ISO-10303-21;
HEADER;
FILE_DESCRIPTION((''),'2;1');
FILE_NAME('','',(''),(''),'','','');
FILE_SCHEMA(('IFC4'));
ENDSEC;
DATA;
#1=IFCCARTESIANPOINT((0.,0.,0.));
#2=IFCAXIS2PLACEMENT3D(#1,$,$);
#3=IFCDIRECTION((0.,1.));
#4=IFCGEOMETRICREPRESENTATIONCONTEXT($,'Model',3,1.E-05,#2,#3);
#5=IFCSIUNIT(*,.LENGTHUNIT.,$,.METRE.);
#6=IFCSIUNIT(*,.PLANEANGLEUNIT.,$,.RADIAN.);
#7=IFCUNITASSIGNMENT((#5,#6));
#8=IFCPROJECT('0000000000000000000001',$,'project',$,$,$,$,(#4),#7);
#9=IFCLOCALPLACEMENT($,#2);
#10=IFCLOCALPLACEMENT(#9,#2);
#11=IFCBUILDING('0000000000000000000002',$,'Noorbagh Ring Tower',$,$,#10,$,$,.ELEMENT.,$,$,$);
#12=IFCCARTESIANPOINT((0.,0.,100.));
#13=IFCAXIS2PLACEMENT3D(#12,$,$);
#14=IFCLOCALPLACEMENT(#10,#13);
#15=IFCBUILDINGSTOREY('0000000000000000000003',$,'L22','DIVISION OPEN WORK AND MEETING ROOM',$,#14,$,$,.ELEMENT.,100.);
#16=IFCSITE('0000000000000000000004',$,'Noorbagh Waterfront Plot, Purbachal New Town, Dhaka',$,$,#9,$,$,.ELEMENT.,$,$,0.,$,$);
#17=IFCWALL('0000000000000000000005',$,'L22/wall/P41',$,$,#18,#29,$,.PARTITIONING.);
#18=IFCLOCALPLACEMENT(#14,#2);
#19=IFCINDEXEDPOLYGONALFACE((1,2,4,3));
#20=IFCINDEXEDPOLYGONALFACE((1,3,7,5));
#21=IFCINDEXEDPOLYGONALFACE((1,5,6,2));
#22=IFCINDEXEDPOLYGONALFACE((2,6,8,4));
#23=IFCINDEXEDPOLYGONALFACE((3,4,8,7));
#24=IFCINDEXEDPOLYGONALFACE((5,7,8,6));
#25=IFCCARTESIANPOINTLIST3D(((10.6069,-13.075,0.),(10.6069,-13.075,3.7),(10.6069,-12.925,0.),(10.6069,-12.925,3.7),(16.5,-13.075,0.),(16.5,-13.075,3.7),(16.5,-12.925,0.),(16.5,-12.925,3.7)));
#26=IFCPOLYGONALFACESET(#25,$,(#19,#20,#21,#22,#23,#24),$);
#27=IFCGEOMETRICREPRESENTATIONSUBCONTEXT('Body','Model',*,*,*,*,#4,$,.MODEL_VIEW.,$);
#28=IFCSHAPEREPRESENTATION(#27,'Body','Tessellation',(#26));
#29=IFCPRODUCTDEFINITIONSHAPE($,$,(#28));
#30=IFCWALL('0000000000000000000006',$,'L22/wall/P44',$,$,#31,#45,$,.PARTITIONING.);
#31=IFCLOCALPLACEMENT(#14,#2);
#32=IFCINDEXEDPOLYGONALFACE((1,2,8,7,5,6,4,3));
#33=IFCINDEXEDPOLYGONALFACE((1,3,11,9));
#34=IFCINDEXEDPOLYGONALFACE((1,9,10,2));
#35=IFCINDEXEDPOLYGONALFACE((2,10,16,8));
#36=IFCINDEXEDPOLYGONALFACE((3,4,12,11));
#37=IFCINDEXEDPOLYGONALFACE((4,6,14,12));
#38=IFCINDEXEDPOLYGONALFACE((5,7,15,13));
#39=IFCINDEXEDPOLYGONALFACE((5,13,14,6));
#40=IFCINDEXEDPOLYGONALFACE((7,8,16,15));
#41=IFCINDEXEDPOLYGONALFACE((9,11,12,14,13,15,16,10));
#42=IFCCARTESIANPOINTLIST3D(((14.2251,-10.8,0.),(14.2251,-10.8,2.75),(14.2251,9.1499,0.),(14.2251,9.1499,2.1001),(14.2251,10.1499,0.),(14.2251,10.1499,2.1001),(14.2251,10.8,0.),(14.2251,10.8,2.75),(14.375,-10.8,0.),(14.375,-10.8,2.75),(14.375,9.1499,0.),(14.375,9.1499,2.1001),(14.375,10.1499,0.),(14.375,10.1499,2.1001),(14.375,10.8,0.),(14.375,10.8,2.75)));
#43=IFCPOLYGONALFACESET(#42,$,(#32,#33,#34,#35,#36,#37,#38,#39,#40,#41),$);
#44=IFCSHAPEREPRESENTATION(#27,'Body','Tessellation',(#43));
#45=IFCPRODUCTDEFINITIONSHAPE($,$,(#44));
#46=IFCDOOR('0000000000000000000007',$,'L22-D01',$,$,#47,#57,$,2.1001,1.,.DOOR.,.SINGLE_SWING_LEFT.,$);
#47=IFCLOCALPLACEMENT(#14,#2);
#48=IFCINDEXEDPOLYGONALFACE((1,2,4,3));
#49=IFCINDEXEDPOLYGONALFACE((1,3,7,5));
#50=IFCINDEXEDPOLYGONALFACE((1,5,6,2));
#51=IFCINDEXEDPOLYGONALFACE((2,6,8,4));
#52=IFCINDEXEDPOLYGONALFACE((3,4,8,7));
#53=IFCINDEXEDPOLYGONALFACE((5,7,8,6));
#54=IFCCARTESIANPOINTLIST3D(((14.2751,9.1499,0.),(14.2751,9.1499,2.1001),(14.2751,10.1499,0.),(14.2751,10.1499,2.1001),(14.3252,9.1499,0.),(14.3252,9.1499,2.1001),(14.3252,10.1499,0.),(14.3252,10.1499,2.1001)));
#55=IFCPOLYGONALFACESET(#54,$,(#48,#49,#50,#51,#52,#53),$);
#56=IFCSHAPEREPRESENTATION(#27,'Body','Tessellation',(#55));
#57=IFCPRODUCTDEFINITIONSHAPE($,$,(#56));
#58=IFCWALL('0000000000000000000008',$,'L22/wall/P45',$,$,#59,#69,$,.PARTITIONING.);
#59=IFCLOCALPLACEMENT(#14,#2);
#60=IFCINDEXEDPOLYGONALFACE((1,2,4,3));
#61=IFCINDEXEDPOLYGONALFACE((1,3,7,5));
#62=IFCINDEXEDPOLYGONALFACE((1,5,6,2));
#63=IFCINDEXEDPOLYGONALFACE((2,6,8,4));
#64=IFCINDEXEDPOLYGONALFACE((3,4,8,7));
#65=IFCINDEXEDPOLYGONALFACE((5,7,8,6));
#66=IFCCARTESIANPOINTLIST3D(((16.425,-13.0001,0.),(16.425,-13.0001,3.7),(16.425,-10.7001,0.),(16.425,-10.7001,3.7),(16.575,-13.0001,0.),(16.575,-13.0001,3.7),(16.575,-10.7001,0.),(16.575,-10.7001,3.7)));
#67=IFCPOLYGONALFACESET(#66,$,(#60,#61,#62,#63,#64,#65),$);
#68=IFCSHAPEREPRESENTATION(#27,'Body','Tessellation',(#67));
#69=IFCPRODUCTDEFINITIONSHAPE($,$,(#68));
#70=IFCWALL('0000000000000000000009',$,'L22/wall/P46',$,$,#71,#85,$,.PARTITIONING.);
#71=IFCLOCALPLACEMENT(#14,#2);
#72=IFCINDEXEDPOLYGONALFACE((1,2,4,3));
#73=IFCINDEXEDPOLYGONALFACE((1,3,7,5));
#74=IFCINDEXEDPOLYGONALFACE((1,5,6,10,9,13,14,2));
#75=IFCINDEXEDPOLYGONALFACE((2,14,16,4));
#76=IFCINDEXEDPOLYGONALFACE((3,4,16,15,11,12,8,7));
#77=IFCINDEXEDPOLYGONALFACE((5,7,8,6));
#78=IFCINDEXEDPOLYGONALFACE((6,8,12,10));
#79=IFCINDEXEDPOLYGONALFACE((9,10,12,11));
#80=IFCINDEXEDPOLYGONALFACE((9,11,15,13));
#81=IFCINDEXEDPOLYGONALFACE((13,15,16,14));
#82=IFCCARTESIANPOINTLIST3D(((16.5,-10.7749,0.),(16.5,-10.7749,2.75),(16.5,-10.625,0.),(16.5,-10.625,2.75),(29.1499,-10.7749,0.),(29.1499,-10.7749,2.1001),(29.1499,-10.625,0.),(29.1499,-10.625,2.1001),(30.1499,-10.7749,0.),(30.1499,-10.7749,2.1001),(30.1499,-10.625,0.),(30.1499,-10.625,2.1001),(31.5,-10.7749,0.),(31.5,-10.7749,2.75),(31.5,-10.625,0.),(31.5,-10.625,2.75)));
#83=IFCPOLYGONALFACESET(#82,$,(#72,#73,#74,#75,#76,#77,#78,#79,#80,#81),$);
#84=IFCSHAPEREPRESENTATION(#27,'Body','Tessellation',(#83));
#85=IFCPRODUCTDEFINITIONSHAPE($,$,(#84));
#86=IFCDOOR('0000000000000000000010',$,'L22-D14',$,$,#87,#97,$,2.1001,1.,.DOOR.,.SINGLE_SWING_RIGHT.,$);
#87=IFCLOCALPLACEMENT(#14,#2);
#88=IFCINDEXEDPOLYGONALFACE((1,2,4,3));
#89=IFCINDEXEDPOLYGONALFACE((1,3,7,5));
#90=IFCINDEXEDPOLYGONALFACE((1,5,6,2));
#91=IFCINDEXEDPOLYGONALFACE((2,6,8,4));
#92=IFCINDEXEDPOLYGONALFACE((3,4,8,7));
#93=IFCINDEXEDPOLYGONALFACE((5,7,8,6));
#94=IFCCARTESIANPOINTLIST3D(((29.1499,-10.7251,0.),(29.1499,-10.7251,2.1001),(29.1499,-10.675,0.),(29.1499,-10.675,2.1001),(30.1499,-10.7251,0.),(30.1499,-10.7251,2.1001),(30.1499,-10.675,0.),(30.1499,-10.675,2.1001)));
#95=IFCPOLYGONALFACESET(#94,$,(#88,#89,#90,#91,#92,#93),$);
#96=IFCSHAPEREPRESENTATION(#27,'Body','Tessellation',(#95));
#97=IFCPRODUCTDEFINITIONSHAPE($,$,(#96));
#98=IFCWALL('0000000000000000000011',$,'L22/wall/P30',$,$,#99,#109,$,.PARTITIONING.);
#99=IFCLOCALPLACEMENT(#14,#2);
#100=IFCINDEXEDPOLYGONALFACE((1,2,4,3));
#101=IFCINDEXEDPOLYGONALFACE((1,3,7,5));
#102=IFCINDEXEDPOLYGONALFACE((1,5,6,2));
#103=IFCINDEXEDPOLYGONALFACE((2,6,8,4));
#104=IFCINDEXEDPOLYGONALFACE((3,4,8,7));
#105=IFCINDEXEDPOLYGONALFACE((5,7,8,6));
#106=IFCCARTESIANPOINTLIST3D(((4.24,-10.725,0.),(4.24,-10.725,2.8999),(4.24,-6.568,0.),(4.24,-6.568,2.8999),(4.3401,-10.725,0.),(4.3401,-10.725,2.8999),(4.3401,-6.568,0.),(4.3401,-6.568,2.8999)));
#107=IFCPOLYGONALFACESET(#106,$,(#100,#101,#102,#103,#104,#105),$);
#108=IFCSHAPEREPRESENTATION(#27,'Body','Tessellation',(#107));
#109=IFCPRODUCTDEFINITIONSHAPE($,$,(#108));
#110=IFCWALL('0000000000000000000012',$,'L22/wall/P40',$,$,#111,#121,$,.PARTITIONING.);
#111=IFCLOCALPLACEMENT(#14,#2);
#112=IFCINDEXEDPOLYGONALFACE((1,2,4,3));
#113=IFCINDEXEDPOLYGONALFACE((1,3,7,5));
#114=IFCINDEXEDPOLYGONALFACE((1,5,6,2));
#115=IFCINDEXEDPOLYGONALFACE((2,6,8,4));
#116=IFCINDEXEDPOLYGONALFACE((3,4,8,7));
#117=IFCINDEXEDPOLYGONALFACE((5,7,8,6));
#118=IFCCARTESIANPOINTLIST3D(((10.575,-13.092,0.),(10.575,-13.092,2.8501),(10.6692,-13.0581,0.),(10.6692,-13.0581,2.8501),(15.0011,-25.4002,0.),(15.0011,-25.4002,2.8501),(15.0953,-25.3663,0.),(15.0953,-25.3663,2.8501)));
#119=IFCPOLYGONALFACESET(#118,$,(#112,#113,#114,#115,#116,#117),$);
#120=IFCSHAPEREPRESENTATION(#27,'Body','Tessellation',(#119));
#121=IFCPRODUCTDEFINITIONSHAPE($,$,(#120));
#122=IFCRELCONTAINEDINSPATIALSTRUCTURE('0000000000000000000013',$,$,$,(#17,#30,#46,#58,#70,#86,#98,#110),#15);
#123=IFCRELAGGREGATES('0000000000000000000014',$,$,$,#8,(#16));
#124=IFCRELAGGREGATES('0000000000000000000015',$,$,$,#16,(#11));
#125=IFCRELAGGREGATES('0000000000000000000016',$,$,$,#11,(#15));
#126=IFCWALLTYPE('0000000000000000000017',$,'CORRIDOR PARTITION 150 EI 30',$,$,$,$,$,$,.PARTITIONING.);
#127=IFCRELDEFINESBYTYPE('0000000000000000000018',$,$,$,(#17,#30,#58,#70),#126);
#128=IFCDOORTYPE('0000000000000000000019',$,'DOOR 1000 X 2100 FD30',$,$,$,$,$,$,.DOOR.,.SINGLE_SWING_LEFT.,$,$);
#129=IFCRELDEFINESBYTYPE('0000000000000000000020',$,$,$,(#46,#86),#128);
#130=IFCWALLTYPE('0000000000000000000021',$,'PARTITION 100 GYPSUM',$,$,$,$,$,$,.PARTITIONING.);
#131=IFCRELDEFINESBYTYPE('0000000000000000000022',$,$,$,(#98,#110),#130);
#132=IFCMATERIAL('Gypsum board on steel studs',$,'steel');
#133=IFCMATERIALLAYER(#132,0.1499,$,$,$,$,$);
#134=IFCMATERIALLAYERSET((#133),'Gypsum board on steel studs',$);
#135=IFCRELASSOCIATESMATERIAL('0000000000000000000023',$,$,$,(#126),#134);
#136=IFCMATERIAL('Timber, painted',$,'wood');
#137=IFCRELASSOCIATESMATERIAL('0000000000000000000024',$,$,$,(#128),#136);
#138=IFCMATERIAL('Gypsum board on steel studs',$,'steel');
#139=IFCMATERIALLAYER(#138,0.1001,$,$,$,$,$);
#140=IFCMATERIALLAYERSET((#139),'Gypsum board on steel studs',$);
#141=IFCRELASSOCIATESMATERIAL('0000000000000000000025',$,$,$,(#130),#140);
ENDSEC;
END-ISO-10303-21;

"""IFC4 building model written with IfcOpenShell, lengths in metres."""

from ifc_helpers import new_model, si_unit, direction, frame, frame_2d, origin, place, context, subcontext, project, spatial, rectangle, extrude, material, layer, layer_set, type_object, element, fill, save


model = new_model("IFC4")

# Units and contexts
model_context = context("Model", 3, precision=1e-05, world=origin(), true_north=direction((0.0, 1.0)))
body_context = subcontext(model_context, "Body", "Model", "MODEL_VIEW")
ifc_project = project(units=[si_unit("LENGTHUNIT", "METRE"), si_unit("PLANEANGLEUNIT", "RADIAN")], contexts=[model_context])

# Site, building, storey
site_placement = place(None, origin())
site = spatial("IfcSite", under=ifc_project, at=site_placement, Name="Noorbagh Waterfront Plot, Purbachal New Town, Dhaka", CompositionType="ELEMENT", RefElevation=0.0)
building_placement = place(site_placement, origin())
building = spatial("IfcBuilding", under=site, at=building_placement, Name="Noorbagh Ring Tower", CompositionType="ELEMENT")
storey_placement = place(building_placement, frame((0.0, 0.0, 100.0)))
storey = spatial("IfcBuildingStorey", under=building, at=storey_placement, Name="L22", Description="DIVISION OPEN WORK AND MEETING ROOM", CompositionType="ELEMENT", Elevation=100.0)

# Shared definitions
ifc_material_1 = material(Name="Gypsum board on steel studs", Category="steel")
ifc_layer_1 = layer(ifc_material_1, 0.1499)
ifc_layer_set_1 = layer_set([ifc_layer_1], Name="Gypsum board on steel studs")
wall_type_1 = type_object("IfcWallType", Name="CORRIDOR PARTITION 150 EI 30", PredefinedType="PARTITIONING", material=ifc_layer_set_1)
ifc_material_2 = material(Name="Timber, painted", Category="wood")
door_type = type_object("IfcDoorType", Name="DOOR 1000 X 2100 FD30", OperationType="SINGLE_SWING_LEFT", PredefinedType="DOOR", material=ifc_material_2)

# Wall
wall_1_placement = place(storey_placement, frame((10.6069, -13.0, 0.0), z_axis=(0.0, 0.0, 1.0), x_axis=(1.0, 0.0, 0.0)))
element("IfcWall", 1, at=wall_1_placement, inside=storey, type_object=wall_type_1, Name="L22/wall/P41", PredefinedType="PARTITIONING", context=body_context, shape_type="SweptSolid", body=[
    extrude(rectangle(XDim=5.8931, YDim=0.1499, at=frame_2d((2.9465, 0.0))), origin(), (0.0, 0.0, 1.0), 3.7),
])

# Wall, opening, door
wall_2_placement = place(storey_placement, frame((14.3, -10.8, 0.0), z_axis=(0.0, 0.0, 1.0), x_axis=(0.0, 1.0, 0.0)))
wall_2 = element("IfcWall", 2, at=wall_2_placement, inside=storey, type_object=wall_type_1, Name="L22/wall/P44", PredefinedType="PARTITIONING", context=body_context, shape_type="SweptSolid", body=[
    extrude(rectangle(XDim=21.6001, YDim=0.1499, at=frame_2d((10.8, 0.0))), origin(), (0.0, 0.0, 1.0), 2.75),
])
opening_1_placement = place(wall_2_placement, frame((19.95, 0.0, 0.0)))
opening_1 = element("IfcOpeningElement", 3, at=opening_1_placement, cuts=wall_2, PredefinedType="OPENING", context=body_context, shape_type="SweptSolid", body=[
    extrude(rectangle(XDim=1.0, YDim=2.1001, at=frame_2d((0.5, 1.05))), frame((0.0, 0.085, 0.0), z_axis=(0.0, -1.0, 0.0), x_axis=(1.0, 0.0, 0.0)), (0.0, 0.0, 1.0), 0.1699),
])
door_1_placement = place(opening_1_placement, origin())
door_1 = element("IfcDoor", 4, at=door_1_placement, inside=storey, type_object=door_type, Name="L22-D01", OperationType="SINGLE_SWING_LEFT", OverallHeight=2.1001, OverallWidth=1.0, PredefinedType="DOOR", context=body_context, shape_type="SweptSolid", body=[
    extrude(rectangle(XDim=1.0, YDim=2.1001, at=frame_2d((0.5, 1.05))), frame((0.0, 0.0249, 0.0), z_axis=(0.0, -1.0, 0.0), x_axis=(1.0, 0.0, 0.0)), (0.0, 0.0, 1.0), 0.05),
])
fill(opening_1, door_1)

# Wall
wall_3_placement = place(storey_placement, frame((16.5, -13.0, 0.0), z_axis=(0.0, 0.0, 1.0), x_axis=(0.0, 1.0, 0.0)))
element("IfcWall", 5, at=wall_3_placement, inside=storey, type_object=wall_type_1, Name="L22/wall/P45", PredefinedType="PARTITIONING", context=body_context, shape_type="SweptSolid", body=[
    extrude(rectangle(XDim=2.3, YDim=0.1499, at=frame_2d((1.1499, 0.0))), origin(), (0.0, 0.0, 1.0), 3.7),
])

# Wall, opening, door
wall_4_placement = place(storey_placement, frame((16.5, -10.7, 0.0), z_axis=(0.0, 0.0, 1.0), x_axis=(1.0, 0.0, 0.0)))
wall_4 = element("IfcWall", 6, at=wall_4_placement, inside=storey, type_object=wall_type_1, Name="L22/wall/P46", PredefinedType="PARTITIONING", context=body_context, shape_type="SweptSolid", body=[
    extrude(rectangle(XDim=15.0, YDim=0.1499, at=frame_2d((7.5, 0.0))), origin(), (0.0, 0.0, 1.0), 2.75),
])
opening_2_placement = place(wall_4_placement, frame((12.6499, 0.0, 0.0)))
opening_2 = element("IfcOpeningElement", 7, at=opening_2_placement, cuts=wall_4, PredefinedType="OPENING", context=body_context, shape_type="SweptSolid", body=[
    extrude(rectangle(XDim=1.0, YDim=2.1001, at=frame_2d((0.5, 1.05))), frame((0.0, 0.085, 0.0), z_axis=(0.0, -1.0, 0.0), x_axis=(1.0, 0.0, 0.0)), (0.0, 0.0, 1.0), 0.1699),
])
door_2_placement = place(opening_2_placement, origin())
door_2 = element("IfcDoor", 8, at=door_2_placement, inside=storey, type_object=door_type, Name="L22-D14", OperationType="SINGLE_SWING_RIGHT", OverallHeight=2.1001, OverallWidth=1.0, PredefinedType="DOOR", context=body_context, shape_type="SweptSolid", body=[
    extrude(rectangle(XDim=1.0, YDim=2.1001, at=frame_2d((0.5, 1.05))), frame((0.0, 0.0249, 0.0), z_axis=(0.0, -1.0, 0.0), x_axis=(1.0, 0.0, 0.0)), (0.0, 0.0, 1.0), 0.05),
])
fill(opening_2, door_2)

# Walls
ifc_material_3 = material(Name="Gypsum board on steel studs", Category="steel")
ifc_layer_2 = layer(ifc_material_3, 0.1001)
ifc_layer_set_2 = layer_set([ifc_layer_2], Name="Gypsum board on steel studs")
wall_type_2 = type_object("IfcWallType", Name="PARTITION 100 GYPSUM", PredefinedType="PARTITIONING", material=ifc_layer_set_2)
wall_5_placement = place(storey_placement, frame((4.29, -10.7251, 0.0), z_axis=(0.0, 0.0, 1.0), x_axis=(0.0, 1.0, 0.0)))
element("IfcWall", 9, at=wall_5_placement, inside=storey, type_object=wall_type_2, Name="L22/wall/P30", PredefinedType="PARTITIONING", context=body_context, shape_type="SweptSolid", body=[
    extrude(rectangle(XDim=4.157, YDim=0.1001, at=frame_2d((2.0786, 0.0))), origin(), (0.0, 0.0, 1.0), 2.8999),
])
wall_6_placement = place(storey_placement, frame((10.6221, -13.075, 0.0), z_axis=(0.0, 0.0, 1.0), x_axis=(0.338388, -0.941007, 0.0)))
element("IfcWall", 10, at=wall_6_placement, inside=storey, type_object=wall_type_2, Name="L22/wall/P40", PredefinedType="PARTITIONING", context=body_context, shape_type="SweptSolid", body=[
    extrude(rectangle(XDim=13.0798, YDim=0.1001, at=frame_2d((6.54, 0.0))), origin(), (0.0, 0.0, 1.0), 2.8501),
])

save(model, "model.ifc")
